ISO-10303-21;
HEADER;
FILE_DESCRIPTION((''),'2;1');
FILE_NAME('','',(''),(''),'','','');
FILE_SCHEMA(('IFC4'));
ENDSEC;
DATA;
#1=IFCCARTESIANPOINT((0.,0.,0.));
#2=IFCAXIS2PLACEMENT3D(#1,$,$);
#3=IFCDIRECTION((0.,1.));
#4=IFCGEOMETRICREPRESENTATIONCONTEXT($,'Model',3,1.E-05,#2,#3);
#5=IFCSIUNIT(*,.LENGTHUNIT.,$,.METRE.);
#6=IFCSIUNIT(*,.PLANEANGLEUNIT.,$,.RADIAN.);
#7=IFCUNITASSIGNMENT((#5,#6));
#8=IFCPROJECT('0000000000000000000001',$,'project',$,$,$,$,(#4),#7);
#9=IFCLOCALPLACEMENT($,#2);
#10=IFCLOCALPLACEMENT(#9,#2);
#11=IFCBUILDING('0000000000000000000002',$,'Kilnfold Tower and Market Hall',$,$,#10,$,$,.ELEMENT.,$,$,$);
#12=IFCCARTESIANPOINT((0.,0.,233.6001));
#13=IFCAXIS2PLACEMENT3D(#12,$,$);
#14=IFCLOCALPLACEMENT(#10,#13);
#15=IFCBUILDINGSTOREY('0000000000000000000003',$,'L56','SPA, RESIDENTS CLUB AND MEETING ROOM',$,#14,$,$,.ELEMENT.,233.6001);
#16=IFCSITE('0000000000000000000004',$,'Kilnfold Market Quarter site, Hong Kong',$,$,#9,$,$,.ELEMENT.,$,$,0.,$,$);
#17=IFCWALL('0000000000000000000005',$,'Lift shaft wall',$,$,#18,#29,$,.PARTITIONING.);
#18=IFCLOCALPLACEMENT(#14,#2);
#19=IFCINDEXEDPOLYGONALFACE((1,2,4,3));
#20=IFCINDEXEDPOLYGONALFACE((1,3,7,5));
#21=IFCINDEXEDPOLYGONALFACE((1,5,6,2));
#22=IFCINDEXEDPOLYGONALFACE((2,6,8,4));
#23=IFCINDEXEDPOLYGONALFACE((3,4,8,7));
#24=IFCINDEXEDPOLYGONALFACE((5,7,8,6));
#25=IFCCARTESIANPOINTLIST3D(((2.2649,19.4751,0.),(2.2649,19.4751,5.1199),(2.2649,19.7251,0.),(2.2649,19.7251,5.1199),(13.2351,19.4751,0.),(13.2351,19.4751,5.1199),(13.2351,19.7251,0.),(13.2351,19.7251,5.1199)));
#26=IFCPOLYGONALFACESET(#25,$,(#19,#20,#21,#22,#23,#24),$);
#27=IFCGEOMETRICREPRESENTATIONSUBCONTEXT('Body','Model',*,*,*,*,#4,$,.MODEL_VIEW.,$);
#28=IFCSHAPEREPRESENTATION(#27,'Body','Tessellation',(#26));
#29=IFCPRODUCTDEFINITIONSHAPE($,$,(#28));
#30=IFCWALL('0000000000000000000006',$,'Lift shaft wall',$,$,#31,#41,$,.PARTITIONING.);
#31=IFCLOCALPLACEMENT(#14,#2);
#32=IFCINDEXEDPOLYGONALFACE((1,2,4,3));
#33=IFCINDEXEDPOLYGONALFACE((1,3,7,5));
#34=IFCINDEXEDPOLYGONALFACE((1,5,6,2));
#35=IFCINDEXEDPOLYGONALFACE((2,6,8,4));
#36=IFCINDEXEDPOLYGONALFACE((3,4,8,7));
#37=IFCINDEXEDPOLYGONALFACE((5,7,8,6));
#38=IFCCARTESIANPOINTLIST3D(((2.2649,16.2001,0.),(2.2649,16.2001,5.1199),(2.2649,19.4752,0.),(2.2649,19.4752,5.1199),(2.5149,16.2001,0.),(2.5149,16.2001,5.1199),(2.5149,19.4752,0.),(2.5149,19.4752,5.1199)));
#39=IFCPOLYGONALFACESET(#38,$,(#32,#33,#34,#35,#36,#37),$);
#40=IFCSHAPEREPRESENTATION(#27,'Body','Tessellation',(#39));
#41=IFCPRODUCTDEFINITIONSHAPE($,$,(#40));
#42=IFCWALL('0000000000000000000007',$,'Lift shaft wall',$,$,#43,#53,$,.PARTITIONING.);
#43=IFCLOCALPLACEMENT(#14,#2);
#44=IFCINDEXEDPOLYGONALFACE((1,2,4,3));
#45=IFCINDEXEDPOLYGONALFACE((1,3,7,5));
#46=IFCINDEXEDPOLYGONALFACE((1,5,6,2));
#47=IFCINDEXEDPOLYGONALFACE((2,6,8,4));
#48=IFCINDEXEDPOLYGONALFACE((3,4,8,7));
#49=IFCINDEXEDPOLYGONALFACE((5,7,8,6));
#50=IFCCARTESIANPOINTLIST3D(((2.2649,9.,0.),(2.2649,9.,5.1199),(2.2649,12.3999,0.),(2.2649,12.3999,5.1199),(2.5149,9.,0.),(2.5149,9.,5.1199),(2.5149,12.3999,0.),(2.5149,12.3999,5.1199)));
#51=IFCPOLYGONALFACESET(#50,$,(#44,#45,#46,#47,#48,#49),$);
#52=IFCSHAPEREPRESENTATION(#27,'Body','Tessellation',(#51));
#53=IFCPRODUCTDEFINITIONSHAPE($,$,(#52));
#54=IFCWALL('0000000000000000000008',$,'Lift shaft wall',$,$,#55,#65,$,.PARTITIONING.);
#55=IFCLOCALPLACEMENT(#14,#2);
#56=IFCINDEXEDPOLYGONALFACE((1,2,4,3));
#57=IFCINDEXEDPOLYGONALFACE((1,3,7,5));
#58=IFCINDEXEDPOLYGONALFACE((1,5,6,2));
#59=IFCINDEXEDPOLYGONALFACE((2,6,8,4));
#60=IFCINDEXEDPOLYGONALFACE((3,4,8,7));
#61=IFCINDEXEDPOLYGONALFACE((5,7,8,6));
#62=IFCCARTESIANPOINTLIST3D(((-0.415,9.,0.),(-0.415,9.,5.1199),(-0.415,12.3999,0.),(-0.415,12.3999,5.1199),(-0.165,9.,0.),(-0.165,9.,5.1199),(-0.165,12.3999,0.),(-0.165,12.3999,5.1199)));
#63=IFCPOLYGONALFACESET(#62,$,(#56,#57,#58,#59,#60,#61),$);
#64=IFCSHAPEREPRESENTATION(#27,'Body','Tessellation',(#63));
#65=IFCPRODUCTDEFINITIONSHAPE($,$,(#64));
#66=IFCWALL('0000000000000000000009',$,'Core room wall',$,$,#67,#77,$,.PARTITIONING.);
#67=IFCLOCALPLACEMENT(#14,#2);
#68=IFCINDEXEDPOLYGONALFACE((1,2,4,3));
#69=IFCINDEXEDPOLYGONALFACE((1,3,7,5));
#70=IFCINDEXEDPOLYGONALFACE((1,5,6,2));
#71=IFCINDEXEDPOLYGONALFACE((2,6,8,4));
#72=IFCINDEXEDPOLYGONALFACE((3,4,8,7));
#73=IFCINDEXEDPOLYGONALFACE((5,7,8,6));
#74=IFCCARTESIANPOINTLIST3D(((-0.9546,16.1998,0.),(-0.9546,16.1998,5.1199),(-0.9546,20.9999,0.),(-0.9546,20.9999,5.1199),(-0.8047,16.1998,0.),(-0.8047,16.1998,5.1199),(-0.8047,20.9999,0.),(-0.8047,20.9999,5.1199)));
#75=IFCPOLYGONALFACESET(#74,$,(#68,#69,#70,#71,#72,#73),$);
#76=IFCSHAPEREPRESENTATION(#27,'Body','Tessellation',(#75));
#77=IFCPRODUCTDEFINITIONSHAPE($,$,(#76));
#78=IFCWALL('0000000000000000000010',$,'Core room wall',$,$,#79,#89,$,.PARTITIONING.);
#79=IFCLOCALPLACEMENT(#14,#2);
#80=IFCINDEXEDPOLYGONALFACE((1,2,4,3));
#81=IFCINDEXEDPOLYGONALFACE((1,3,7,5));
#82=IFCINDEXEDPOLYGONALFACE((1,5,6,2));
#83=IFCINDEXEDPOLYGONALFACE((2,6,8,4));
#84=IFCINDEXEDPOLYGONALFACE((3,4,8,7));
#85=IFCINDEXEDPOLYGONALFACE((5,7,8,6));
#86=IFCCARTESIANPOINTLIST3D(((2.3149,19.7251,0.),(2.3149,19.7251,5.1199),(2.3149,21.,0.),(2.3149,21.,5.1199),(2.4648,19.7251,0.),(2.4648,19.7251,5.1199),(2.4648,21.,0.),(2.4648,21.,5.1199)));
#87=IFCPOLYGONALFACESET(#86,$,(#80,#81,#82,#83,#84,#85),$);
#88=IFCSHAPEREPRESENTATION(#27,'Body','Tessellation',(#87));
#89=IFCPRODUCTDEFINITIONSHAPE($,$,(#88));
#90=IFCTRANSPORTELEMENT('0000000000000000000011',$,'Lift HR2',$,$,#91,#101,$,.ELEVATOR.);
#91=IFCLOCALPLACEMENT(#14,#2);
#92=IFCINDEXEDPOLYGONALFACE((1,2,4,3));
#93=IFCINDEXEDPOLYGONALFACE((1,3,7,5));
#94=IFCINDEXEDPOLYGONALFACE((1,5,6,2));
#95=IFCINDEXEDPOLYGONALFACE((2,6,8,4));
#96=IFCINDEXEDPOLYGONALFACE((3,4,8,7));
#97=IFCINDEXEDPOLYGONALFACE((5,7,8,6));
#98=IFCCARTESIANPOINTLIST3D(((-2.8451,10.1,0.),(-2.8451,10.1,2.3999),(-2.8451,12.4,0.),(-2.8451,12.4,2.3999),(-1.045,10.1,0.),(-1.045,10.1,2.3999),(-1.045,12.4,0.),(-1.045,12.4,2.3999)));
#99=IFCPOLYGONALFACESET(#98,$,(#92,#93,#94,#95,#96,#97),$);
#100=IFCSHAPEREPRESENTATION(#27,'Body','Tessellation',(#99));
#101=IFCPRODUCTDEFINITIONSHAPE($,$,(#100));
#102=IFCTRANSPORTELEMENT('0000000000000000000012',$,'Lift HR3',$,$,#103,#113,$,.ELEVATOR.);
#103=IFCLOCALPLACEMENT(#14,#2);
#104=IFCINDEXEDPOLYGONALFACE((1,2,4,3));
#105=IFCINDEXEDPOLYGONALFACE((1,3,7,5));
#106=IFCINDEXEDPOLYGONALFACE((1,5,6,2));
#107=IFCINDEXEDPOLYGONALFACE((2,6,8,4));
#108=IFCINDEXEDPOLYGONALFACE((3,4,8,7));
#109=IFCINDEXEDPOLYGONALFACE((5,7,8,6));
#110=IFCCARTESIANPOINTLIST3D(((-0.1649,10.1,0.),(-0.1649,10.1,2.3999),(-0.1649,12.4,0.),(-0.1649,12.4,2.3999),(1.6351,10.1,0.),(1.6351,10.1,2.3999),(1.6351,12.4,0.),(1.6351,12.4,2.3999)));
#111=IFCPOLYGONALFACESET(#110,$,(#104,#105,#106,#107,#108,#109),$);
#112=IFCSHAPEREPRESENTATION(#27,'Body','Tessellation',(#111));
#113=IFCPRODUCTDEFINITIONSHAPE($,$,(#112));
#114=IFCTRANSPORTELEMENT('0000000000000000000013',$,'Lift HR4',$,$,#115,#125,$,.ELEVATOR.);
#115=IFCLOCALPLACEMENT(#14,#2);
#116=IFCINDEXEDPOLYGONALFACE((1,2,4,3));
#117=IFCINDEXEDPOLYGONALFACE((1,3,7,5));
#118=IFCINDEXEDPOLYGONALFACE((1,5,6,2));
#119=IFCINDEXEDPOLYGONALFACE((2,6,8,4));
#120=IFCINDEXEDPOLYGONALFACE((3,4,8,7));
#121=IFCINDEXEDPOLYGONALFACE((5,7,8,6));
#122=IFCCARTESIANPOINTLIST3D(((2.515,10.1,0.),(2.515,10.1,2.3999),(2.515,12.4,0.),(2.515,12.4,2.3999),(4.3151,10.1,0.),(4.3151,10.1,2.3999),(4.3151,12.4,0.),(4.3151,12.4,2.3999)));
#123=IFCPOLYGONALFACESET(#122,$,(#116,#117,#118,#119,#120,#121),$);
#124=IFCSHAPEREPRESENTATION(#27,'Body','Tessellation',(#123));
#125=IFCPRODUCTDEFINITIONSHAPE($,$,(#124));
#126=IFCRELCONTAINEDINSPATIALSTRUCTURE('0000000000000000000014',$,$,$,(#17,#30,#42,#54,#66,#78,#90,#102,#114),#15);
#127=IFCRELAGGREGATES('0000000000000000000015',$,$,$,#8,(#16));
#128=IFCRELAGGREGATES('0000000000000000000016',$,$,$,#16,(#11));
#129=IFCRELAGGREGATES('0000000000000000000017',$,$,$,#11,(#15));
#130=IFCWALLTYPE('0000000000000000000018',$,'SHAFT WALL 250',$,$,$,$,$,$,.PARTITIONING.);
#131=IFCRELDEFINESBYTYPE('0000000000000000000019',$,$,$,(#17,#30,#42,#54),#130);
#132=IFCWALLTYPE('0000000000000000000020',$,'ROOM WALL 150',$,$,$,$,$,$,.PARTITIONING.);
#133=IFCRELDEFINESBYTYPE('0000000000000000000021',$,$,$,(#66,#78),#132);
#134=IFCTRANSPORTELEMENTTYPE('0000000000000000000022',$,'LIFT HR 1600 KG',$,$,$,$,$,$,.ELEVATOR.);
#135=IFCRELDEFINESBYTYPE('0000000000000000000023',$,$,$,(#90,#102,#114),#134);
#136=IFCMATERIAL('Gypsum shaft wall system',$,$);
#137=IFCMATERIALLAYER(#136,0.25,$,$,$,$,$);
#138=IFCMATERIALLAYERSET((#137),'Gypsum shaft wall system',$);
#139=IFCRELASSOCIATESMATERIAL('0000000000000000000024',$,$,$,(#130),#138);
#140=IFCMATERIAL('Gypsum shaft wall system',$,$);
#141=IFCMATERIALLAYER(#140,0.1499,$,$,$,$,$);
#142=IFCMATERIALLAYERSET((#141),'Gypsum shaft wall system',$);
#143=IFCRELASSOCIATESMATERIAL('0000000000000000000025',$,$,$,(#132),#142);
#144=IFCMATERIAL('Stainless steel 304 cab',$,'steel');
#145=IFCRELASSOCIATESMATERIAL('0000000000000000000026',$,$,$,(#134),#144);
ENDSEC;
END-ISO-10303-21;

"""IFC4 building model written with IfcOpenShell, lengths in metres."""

from ifc_helpers import new_model, si_unit, direction, frame, frame_2d, origin, origin_2d, place, context, subcontext, project, spatial, rectangle, extrude, source, transform, mapped, material, layer, layer_set, type_object, element, save


model = new_model("IFC4")

# Units and contexts
model_context = context("Model", 3, precision=1e-05, world=origin(), true_north=direction((0.0, 1.0)))
body_context = subcontext(model_context, "Body", "Model", "MODEL_VIEW")
ifc_project = project(units=[si_unit("LENGTHUNIT", "METRE"), si_unit("PLANEANGLEUNIT", "RADIAN")], contexts=[model_context])

# Site, building, storey
site_placement = place(None, origin())
site = spatial("IfcSite", under=ifc_project, at=site_placement, Name="Kilnfold Market Quarter site, Hong Kong", CompositionType="ELEMENT", RefElevation=0.0)
building_placement = place(site_placement, origin())
building = spatial("IfcBuilding", under=site, at=building_placement, Name="Kilnfold Tower and Market Hall", CompositionType="ELEMENT")
storey_placement = place(building_placement, frame((0.0, 0.0, 233.6001)))
storey = spatial("IfcBuildingStorey", under=building, at=storey_placement, Name="L56", Description="SPA, RESIDENTS CLUB AND MEETING ROOM", CompositionType="ELEMENT", Elevation=233.6001)

# Walls
ifc_material_1 = material(Name="Gypsum shaft wall system")
ifc_layer_1 = layer(ifc_material_1, 0.25)
ifc_layer_set_1 = layer_set([ifc_layer_1], Name="Gypsum shaft wall system")
wall_type_1 = type_object("IfcWallType", Name="SHAFT WALL 250", PredefinedType="PARTITIONING", material=ifc_layer_set_1)
shared_shape_1 = source(origin(), body_context, "Body", "SweptSolid", [
    extrude(rectangle(XDim=10.9702, YDim=0.25, at=frame_2d((5.4851, 0.0))), origin(), (0.0, 0.0, 1.0), 5.1199),
])
wall_1_placement = place(storey_placement, frame((2.2649, 19.6001, 0.0), z_axis=(0.0, 0.0, 1.0), x_axis=(1.0, 0.0, 0.0)))
element("IfcWall", 1, at=wall_1_placement, inside=storey, type_object=wall_type_1, Name="Lift shaft wall", PredefinedType="PARTITIONING", context=body_context, shape_type="MappedRepresentation", body=[
    mapped(shared_shape_1, transform((0.0, 0.0, 0.0))),
])
shared_shape_2 = source(origin(), body_context, "Body", "SweptSolid", [
    extrude(rectangle(XDim=3.2751, YDim=0.25, at=frame_2d((1.6377, 0.0))), origin(), (0.0, 0.0, 1.0), 5.1199),
])
wall_2_placement = place(storey_placement, frame((2.3899, 16.2, 0.0), z_axis=(0.0, 0.0, 1.0), x_axis=(0.0, 1.0, 0.0)))
element("IfcWall", 2, at=wall_2_placement, inside=storey, type_object=wall_type_1, Name="Lift shaft wall", PredefinedType="PARTITIONING", context=body_context, shape_type="MappedRepresentation", body=[
    mapped(shared_shape_2, transform((0.0, 0.0, 0.0))),
])
shared_shape_3 = source(origin(), body_context, "Body", "SweptSolid", [
    extrude(rectangle(XDim=3.3999, YDim=0.25, at=frame_2d((1.7, 0.0))), origin(), (0.0, 0.0, 1.0), 5.1199),
])
for number, where, z_axis, x_axis, name in (
    (3, (2.3899, 9.0, 0.0), (0.0, 0.0, 1.0), (0.0, 1.0, 0.0), "Lift shaft wall"),
    (4, (-0.29, 9.0, 0.0), (0.0, 0.0, 1.0), (0.0, 1.0, 0.0), "Lift shaft wall"),
):
    element("IfcWall", number, at=place(storey_placement, frame(where, z_axis=z_axis, x_axis=x_axis)), inside=storey, type_object=wall_type_1, Name=name, PredefinedType="PARTITIONING", context=body_context, shape_type="MappedRepresentation", body=[
        mapped(shared_shape_3, transform((0.0, 0.0, 0.0))),
    ])
ifc_material_2 = material(Name="Gypsum shaft wall system")
ifc_layer_2 = layer(ifc_material_2, 0.1499)
ifc_layer_set_2 = layer_set([ifc_layer_2], Name="Gypsum shaft wall system")
wall_type_2 = type_object("IfcWallType", Name="ROOM WALL 150", PredefinedType="PARTITIONING", material=ifc_layer_set_2)
shared_shape_4 = source(origin(), body_context, "Body", "SweptSolid", [
    extrude(rectangle(XDim=4.8, YDim=0.1499, at=frame_2d((2.3999, 0.0))), origin(), (0.0, 0.0, 1.0), 5.1199),
])
wall_3_placement = place(storey_placement, frame((-0.8796, 16.2, 0.0), z_axis=(0.0, 0.0, 1.0), x_axis=(0.0, 1.0, 0.0)))
element("IfcWall", 5, at=wall_3_placement, inside=storey, type_object=wall_type_2, Name="Core room wall", PredefinedType="PARTITIONING", context=body_context, shape_type="MappedRepresentation", body=[
    mapped(shared_shape_4, transform((0.0, 0.0, 0.0))),
])
shared_shape_5 = source(origin(), body_context, "Body", "SweptSolid", [
    extrude(rectangle(XDim=1.2749, YDim=0.1499, at=frame_2d((0.6375, 0.0))), origin(), (0.0, 0.0, 1.0), 5.1199),
])
wall_4_placement = place(storey_placement, frame((2.3899, 19.7251, 0.0), z_axis=(0.0, 0.0, 1.0), x_axis=(0.0, 1.0, 0.0)))
element("IfcWall", 6, at=wall_4_placement, inside=storey, type_object=wall_type_2, Name="Core room wall", PredefinedType="PARTITIONING", context=body_context, shape_type="MappedRepresentation", body=[
    mapped(shared_shape_5, transform((0.0, 0.0, 0.0))),
])

# Transport elements
ifc_material_3 = material(Name="Stainless steel 304 cab", Category="steel")
transport_element_type = type_object("IfcTransportElementType", Name="LIFT HR 1600 KG", PredefinedType="ELEVATOR", material=ifc_material_3)
shared_shape_6 = source(origin(), body_context, "Body", "SweptSolid", [
    extrude(rectangle(XDim=1.8, YDim=2.3, at=origin_2d()), origin(), (0.0, 0.0, 1.0), 2.3999),
])
for number, where, z_axis, x_axis, name in (
    (7, (-1.9451, 11.25, 0.0), (0.0, 0.0, 1.0), (1.0, 0.0, 0.0), "Lift HR2"),
    (8, (0.7351, 11.25, 0.0), (0.0, 0.0, 1.0), (1.0, 0.0, 0.0), "Lift HR3"),
    (9, (3.415, 11.25, 0.0), (0.0, 0.0, 1.0), (1.0, 0.0, 0.0), "Lift HR4"),
):
    element("IfcTransportElement", number, at=place(storey_placement, frame(where, z_axis=z_axis, x_axis=x_axis)), inside=storey, type_object=transport_element_type, Name=name, PredefinedType="ELEVATOR", context=body_context, shape_type="MappedRepresentation", body=[
        mapped(shared_shape_6, transform((0.0, 0.0, 0.0))),
    ])

save(model, "model.ifc")
